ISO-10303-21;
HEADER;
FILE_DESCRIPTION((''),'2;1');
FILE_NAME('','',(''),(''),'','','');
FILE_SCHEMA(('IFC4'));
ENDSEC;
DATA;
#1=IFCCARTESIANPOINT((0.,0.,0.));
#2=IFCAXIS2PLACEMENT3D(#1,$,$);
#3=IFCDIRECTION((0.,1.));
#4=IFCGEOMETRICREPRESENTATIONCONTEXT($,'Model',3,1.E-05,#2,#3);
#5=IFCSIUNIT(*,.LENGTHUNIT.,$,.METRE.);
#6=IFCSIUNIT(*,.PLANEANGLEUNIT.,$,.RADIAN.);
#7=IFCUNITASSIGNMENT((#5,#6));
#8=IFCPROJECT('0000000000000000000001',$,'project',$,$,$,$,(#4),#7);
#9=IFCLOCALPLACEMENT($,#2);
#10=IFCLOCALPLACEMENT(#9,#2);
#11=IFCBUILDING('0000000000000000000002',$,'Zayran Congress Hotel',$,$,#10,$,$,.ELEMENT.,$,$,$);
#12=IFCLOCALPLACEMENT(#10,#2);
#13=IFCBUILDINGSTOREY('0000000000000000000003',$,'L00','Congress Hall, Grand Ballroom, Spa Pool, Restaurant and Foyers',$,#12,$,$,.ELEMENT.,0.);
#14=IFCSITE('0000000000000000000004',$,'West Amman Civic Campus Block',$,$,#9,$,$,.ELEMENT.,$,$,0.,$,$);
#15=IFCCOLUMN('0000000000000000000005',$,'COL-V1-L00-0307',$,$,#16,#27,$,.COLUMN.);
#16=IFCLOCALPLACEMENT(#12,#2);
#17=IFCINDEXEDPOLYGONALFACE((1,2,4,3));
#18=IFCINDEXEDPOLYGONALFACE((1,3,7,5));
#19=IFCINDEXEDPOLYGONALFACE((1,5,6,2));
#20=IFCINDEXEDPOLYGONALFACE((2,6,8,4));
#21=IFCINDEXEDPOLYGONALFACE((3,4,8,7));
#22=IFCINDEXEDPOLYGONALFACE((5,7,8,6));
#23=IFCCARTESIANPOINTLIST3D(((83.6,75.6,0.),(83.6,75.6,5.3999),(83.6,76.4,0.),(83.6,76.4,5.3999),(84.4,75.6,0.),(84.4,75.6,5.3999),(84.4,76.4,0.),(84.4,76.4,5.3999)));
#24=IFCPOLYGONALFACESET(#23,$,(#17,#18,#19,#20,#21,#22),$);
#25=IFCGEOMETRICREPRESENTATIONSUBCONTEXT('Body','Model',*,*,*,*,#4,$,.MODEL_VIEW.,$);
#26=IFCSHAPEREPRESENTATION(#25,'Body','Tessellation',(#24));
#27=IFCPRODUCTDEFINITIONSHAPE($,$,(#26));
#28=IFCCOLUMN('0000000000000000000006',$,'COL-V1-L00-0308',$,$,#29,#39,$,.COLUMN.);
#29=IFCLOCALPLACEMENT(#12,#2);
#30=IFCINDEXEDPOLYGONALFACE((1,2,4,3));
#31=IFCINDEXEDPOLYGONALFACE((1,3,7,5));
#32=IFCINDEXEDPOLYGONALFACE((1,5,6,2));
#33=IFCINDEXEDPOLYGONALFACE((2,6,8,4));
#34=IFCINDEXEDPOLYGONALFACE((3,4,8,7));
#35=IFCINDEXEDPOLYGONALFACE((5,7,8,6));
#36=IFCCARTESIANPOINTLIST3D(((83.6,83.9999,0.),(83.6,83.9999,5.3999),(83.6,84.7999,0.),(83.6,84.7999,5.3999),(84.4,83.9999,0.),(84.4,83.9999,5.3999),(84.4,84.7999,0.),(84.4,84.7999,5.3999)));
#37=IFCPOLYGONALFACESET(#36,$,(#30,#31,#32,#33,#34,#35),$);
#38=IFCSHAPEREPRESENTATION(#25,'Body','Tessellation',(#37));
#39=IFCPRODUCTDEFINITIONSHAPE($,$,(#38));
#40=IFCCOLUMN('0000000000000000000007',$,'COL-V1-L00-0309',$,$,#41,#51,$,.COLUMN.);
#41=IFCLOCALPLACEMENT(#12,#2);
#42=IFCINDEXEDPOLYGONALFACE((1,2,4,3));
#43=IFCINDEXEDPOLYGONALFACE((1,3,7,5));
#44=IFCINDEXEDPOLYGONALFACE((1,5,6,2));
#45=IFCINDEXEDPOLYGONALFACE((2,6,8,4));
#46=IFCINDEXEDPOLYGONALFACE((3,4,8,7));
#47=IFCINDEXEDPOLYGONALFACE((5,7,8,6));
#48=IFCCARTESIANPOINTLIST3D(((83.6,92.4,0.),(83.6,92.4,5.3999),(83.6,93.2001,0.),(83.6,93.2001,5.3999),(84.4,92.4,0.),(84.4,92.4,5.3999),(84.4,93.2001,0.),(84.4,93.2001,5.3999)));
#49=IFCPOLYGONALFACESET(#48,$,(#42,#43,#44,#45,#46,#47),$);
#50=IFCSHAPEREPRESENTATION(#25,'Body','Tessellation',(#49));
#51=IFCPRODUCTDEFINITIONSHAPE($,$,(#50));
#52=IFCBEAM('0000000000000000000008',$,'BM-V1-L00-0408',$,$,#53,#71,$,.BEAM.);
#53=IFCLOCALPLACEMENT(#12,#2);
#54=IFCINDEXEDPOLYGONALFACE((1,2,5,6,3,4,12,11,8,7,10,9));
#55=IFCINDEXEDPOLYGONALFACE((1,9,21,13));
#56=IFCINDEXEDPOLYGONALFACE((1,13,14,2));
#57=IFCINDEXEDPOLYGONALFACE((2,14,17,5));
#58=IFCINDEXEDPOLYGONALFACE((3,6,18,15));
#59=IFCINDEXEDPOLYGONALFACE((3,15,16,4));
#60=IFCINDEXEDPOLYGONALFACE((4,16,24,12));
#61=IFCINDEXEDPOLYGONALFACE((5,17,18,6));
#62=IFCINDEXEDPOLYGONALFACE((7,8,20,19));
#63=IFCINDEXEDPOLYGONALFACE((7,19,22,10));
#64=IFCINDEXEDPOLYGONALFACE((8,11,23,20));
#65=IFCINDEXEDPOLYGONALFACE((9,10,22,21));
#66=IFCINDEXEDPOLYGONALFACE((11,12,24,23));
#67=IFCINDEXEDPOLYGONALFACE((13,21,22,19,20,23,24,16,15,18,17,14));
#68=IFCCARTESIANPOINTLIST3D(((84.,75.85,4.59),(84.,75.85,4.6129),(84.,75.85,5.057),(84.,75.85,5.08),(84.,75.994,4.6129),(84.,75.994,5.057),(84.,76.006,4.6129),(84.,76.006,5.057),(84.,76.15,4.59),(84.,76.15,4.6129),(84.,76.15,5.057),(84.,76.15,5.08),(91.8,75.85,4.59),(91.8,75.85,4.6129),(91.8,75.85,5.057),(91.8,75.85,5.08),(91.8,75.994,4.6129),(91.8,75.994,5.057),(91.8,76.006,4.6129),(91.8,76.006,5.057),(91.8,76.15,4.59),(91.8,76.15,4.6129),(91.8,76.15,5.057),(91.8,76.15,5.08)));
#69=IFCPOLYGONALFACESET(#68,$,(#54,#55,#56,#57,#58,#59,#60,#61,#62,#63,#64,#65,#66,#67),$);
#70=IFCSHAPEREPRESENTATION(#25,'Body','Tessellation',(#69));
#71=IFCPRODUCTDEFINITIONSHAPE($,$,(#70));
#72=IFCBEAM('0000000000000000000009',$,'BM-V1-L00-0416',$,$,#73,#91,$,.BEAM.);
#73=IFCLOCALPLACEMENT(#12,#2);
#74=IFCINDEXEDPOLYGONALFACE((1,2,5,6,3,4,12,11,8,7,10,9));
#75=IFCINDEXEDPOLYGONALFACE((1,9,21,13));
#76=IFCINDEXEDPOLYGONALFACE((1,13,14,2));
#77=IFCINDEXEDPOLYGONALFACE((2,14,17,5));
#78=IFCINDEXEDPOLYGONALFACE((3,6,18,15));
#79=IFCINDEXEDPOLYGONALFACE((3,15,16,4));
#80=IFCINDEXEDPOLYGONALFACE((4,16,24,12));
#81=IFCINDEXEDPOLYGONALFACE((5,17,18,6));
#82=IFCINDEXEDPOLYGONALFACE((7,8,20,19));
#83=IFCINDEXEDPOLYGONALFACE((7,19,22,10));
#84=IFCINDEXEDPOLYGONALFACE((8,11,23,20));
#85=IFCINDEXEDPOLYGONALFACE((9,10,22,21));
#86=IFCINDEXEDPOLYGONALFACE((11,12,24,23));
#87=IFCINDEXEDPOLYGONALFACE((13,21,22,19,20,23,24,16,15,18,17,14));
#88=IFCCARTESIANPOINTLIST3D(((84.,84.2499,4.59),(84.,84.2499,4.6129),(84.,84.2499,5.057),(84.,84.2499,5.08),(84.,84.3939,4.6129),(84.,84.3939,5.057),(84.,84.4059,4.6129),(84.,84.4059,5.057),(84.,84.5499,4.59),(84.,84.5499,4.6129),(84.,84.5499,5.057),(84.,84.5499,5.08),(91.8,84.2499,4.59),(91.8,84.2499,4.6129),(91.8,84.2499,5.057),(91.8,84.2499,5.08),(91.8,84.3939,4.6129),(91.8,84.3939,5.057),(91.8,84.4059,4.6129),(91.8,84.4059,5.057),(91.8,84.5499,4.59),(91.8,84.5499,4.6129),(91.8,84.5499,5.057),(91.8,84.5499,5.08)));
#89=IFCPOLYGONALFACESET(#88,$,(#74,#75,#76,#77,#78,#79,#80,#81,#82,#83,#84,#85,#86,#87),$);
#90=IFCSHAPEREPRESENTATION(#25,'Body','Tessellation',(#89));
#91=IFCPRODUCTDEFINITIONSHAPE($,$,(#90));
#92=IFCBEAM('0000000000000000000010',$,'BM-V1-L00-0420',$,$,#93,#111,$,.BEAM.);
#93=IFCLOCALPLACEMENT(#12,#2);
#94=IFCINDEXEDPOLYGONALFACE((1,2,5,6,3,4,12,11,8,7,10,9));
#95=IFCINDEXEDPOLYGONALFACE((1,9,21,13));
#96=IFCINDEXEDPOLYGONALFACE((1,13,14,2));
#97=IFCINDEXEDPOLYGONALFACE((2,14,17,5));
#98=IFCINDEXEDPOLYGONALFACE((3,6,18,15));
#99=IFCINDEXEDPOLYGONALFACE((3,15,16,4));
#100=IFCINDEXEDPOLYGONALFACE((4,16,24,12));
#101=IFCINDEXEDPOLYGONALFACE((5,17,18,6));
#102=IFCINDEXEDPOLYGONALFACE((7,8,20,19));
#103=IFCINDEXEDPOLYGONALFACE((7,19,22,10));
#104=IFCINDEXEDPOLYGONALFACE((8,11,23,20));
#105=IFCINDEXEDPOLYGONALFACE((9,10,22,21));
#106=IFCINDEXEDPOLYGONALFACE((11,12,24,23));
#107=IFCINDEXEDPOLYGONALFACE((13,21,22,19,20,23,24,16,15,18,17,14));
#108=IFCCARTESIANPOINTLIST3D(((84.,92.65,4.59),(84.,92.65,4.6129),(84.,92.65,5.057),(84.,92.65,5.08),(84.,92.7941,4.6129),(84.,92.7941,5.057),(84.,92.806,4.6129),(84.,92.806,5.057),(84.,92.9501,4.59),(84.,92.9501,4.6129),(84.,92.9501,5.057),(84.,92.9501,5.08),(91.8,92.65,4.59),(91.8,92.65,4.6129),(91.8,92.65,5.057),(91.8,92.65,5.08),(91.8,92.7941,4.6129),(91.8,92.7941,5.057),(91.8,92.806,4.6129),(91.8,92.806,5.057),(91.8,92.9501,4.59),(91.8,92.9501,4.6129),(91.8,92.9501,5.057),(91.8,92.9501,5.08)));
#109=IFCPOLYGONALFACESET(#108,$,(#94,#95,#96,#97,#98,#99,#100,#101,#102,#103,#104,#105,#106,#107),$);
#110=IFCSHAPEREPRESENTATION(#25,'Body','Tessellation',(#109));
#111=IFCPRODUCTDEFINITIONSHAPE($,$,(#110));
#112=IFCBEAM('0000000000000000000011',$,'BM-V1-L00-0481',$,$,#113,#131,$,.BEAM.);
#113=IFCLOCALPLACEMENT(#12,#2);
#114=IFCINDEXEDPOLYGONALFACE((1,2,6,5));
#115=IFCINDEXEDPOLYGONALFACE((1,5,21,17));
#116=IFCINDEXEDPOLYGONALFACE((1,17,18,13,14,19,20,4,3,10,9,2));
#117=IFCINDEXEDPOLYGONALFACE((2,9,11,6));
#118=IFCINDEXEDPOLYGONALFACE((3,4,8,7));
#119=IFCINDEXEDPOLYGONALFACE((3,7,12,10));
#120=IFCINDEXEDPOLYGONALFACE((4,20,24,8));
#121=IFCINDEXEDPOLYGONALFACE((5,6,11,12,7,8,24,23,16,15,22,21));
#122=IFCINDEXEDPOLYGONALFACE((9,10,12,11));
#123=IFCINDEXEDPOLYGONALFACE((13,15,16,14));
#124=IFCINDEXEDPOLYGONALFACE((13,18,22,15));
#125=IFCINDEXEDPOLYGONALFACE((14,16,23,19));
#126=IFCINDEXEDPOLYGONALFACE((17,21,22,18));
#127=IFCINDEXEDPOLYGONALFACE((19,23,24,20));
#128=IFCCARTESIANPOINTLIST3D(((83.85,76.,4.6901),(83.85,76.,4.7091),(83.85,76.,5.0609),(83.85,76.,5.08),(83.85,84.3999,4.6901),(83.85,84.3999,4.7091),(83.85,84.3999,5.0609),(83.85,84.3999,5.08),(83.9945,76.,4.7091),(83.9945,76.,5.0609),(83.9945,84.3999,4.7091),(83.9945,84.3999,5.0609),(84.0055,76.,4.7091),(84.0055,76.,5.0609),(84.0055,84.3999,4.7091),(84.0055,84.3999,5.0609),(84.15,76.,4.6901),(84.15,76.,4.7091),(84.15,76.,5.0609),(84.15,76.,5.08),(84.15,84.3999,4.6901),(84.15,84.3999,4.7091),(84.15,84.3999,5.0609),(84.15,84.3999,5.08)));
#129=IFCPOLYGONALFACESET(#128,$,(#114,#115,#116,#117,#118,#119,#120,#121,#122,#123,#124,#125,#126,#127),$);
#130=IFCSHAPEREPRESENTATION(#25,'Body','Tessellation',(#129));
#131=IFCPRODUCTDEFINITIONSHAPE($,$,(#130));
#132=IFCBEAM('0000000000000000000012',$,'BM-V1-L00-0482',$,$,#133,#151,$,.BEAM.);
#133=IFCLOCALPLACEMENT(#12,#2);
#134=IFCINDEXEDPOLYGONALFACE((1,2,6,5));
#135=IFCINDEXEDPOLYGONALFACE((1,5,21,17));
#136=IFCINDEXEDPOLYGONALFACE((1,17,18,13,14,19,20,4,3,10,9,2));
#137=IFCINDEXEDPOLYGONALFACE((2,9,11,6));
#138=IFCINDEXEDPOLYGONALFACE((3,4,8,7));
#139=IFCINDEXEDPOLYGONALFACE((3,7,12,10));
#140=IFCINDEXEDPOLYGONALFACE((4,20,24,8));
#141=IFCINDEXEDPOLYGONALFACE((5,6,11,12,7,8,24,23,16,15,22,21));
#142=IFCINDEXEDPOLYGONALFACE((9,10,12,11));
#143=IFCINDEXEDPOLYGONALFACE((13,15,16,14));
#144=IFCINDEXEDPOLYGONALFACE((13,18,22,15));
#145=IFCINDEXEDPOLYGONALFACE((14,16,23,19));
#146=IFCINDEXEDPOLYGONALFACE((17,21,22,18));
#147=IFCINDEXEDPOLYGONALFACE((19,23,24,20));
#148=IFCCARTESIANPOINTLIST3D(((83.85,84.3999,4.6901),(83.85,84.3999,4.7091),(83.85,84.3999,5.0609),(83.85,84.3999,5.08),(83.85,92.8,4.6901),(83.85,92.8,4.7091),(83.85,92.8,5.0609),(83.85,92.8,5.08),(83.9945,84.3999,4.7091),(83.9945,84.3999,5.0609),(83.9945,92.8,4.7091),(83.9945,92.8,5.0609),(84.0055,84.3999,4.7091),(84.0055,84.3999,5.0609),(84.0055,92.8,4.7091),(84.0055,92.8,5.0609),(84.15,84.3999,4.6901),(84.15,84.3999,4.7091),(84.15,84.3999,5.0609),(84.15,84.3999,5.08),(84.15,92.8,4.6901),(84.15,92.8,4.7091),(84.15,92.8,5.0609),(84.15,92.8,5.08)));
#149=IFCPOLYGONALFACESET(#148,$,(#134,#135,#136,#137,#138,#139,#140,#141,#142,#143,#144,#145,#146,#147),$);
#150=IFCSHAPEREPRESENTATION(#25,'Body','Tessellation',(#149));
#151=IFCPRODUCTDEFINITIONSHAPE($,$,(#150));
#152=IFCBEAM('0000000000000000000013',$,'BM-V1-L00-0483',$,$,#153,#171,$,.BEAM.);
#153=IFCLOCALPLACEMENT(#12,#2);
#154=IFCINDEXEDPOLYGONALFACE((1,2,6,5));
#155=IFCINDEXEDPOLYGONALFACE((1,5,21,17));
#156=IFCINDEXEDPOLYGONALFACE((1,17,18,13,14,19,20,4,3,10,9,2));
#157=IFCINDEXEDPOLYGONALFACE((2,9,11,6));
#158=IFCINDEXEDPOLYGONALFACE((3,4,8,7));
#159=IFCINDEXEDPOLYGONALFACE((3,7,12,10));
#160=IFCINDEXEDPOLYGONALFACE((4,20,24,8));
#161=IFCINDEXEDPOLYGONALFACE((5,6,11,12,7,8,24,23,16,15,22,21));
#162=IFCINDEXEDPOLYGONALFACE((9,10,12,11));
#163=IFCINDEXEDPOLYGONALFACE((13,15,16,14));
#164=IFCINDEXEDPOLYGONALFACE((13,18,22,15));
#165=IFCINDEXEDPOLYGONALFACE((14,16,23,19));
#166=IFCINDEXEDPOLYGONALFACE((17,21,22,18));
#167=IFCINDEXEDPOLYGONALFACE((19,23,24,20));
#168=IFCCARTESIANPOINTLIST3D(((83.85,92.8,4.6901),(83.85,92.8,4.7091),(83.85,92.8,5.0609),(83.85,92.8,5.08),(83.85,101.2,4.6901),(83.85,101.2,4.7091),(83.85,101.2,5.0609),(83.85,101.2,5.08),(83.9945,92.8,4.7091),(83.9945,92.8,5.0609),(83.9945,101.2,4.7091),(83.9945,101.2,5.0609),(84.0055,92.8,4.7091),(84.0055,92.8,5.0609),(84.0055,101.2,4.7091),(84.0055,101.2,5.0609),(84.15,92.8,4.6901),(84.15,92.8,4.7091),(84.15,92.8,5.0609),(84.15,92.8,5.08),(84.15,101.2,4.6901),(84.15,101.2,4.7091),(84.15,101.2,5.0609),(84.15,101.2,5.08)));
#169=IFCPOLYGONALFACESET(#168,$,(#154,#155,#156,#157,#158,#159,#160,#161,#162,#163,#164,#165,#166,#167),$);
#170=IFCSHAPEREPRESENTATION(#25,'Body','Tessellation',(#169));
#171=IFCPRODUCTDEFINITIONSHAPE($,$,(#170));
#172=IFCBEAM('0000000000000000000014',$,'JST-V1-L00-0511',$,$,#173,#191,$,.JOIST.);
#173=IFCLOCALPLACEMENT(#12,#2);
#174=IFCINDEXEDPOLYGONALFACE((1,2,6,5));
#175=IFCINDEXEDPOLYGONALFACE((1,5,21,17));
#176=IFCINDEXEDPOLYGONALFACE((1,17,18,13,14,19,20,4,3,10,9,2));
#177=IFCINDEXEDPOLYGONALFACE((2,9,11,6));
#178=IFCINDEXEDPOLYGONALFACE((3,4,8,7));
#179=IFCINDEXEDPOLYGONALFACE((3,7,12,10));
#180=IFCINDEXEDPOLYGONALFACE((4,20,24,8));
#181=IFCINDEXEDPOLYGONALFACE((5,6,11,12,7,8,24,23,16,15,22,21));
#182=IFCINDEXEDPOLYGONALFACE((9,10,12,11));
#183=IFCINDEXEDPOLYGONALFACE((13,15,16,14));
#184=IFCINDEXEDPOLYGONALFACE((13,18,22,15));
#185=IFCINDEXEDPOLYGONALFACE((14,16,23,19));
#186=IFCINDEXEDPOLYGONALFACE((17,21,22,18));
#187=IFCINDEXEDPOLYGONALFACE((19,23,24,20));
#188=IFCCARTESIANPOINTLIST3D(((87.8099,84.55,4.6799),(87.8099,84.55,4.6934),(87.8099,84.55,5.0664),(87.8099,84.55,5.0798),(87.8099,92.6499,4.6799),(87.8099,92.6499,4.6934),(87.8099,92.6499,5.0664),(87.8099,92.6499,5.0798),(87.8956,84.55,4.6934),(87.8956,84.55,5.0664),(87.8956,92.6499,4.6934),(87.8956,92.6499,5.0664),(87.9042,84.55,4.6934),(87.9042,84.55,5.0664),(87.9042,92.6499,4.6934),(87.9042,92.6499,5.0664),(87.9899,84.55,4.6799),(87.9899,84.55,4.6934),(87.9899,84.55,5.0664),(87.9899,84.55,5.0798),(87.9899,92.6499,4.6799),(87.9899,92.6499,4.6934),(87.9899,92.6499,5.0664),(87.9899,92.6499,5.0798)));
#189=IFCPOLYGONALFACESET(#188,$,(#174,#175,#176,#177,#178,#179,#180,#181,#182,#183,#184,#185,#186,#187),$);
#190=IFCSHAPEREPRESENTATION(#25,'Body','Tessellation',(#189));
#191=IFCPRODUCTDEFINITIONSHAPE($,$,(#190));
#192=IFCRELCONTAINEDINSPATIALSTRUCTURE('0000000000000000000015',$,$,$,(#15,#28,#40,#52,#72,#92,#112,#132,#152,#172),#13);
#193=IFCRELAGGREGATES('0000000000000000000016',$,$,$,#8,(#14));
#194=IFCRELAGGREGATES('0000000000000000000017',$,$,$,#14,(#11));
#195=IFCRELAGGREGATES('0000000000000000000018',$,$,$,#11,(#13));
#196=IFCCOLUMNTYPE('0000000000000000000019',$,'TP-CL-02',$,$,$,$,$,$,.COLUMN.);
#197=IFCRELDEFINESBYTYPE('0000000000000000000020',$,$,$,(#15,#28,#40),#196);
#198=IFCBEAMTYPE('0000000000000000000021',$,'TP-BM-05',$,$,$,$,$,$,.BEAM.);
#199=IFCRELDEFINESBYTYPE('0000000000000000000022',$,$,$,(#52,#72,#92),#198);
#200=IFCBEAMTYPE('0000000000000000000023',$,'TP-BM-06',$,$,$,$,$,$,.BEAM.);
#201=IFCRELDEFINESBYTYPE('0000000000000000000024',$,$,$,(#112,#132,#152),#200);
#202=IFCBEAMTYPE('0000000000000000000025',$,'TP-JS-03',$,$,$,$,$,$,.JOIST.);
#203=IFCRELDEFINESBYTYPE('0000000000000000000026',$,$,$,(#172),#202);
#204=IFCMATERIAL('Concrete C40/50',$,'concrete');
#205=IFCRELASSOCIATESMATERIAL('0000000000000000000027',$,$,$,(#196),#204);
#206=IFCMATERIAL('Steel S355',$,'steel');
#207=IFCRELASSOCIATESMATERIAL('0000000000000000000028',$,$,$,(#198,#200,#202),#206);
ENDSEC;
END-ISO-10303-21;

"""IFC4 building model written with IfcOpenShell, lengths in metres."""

from ifc_helpers import new_model, si_unit, direction, frame, origin, origin_2d, place, context, subcontext, project, spatial, rectangle, i_section, extrude, material, material_profile, profile_set, type_object, element, save


model = new_model("IFC4")

# Units and contexts
model_context = context("Model", 3, precision=1e-05, world=origin(), true_north=direction((0.0, 1.0)))
body_context = subcontext(model_context, "Body", "Model", "MODEL_VIEW")
ifc_project = project(units=[si_unit("LENGTHUNIT", "METRE"), si_unit("PLANEANGLEUNIT", "RADIAN")], contexts=[model_context])

# Site, building, storey
site_placement = place(None, origin())
site = spatial("IfcSite", under=ifc_project, at=site_placement, Name="West Amman Civic Campus Block", CompositionType="ELEMENT", RefElevation=0.0)
building_placement = place(site_placement, origin())
building = spatial("IfcBuilding", under=site, at=building_placement, Name="Zayran Congress Hotel", CompositionType="ELEMENT")
storey_placement = place(building_placement, origin())
storey = spatial("IfcBuildingStorey", under=building, at=storey_placement, Name="L00", Description="Congress Hall, Grand Ballroom, Spa Pool, Restaurant and Foyers", CompositionType="ELEMENT", Elevation=0.0)

# Columns
ifc_material_1 = material(Name="Concrete C40/50", Category="concrete")
ifc_material_profile_1 = material_profile(ifc_material_1, rectangle(XDim=0.8, YDim=0.8, at=origin_2d()), Name="RC 800x800")
ifc_profile_set_1 = profile_set([ifc_material_profile_1], Name="Concrete C40/50")
column_type = type_object("IfcColumnType", Name="TP-CL-02", PredefinedType="COLUMN", material=ifc_profile_set_1)
for number, where, z_axis, x_axis, name in (
    (1, (84.0, 76.0, 0.0), (0.0, 0.0, 1.0), (1.0, 0.0, 0.0), "COL-V1-L00-0307"),
    (2, (84.0, 84.3999, 0.0), (0.0, 0.0, 1.0), (1.0, 0.0, 0.0), "COL-V1-L00-0308"),
    (3, (84.0, 92.8, 0.0), (0.0, 0.0, 1.0), (1.0, 0.0, 0.0), "COL-V1-L00-0309"),
):
    element("IfcColumn", number, at=place(storey_placement, frame(where, z_axis=z_axis, x_axis=x_axis)), inside=storey, type_object=column_type, Name=name, PredefinedType="COLUMN", context=body_context, shape_type="SweptSolid", body=[
        extrude(rectangle(XDim=0.8, YDim=0.8, at=origin_2d()), origin(), (0.0, 0.0, 1.0), 5.3999),
    ])

# Beams
ifc_material_2 = material(Name="Steel S355", Category="steel")
ifc_material_profile_2 = material_profile(ifc_material_2, i_section(OverallWidth=0.3, OverallDepth=0.49, WebThickness=0.012, FlangeThickness=0.0229, at=origin_2d()), Name="HEA 500")
ifc_profile_set_2 = profile_set([ifc_material_profile_2], Name="Steel S355")
beam_type_1 = type_object("IfcBeamType", Name="TP-BM-05", PredefinedType="BEAM", material=ifc_profile_set_2)
for number, where, z_axis, x_axis, name in (
    (4, (84.0, 76.0, 4.835), (1.0, 0.0, 0.0), (0.0, 1.0, 0.0), "BM-V1-L00-0408"),
    (5, (84.0, 84.3999, 4.835), (1.0, 0.0, 0.0), (0.0, 1.0, 0.0), "BM-V1-L00-0416"),
    (6, (84.0, 92.8, 4.835), (1.0, 0.0, 0.0), (0.0, 1.0, 0.0), "BM-V1-L00-0420"),
):
    element("IfcBeam", number, at=place(storey_placement, frame(where, z_axis=z_axis, x_axis=x_axis)), inside=storey, type_object=beam_type_1, Name=name, PredefinedType="BEAM", context=body_context, shape_type="SweptSolid", body=[
        extrude(i_section(OverallWidth=0.3, OverallDepth=0.49, WebThickness=0.012, FlangeThickness=0.0229, at=origin_2d()), origin(), (0.0, 0.0, 1.0), 7.8),
    ])
ifc_material_profile_3 = material_profile(ifc_material_2, i_section(OverallWidth=0.3, OverallDepth=0.3899, WebThickness=0.011, FlangeThickness=0.019, at=origin_2d()), Name="HEA 400")
ifc_profile_set_3 = profile_set([ifc_material_profile_3], Name="Steel S355")
beam_type_2 = type_object("IfcBeamType", Name="TP-BM-06", PredefinedType="BEAM", material=ifc_profile_set_3)
beam_1_placement = place(storey_placement, frame((84.0, 76.0, 4.885), z_axis=(0.0, 1.0, 0.0), x_axis=(-1.0, 0.0, 0.0)))
element("IfcBeam", 7, at=beam_1_placement, inside=storey, type_object=beam_type_2, Name="BM-V1-L00-0481", PredefinedType="BEAM", context=body_context, shape_type="SweptSolid", body=[
    extrude(i_section(OverallWidth=0.3, OverallDepth=0.3899, WebThickness=0.011, FlangeThickness=0.019, at=origin_2d()), origin(), (0.0, 0.0, 1.0), 8.3999),
])
beam_2_placement = place(storey_placement, frame((84.0, 84.3999, 4.885), z_axis=(0.0, 1.0, 0.0), x_axis=(-1.0, 0.0, 0.0)))
element("IfcBeam", 8, at=beam_2_placement, inside=storey, type_object=beam_type_2, Name="BM-V1-L00-0482", PredefinedType="BEAM", context=body_context, shape_type="SweptSolid", body=[
    extrude(i_section(OverallWidth=0.3, OverallDepth=0.3899, WebThickness=0.011, FlangeThickness=0.019, at=origin_2d()), origin(), (0.0, 0.0, 1.0), 8.4001),
])
beam_3_placement = place(storey_placement, frame((84.0, 92.8, 4.885), z_axis=(0.0, 1.0, 0.0), x_axis=(-1.0, 0.0, 0.0)))
element("IfcBeam", 9, at=beam_3_placement, inside=storey, type_object=beam_type_2, Name="BM-V1-L00-0483", PredefinedType="BEAM", context=body_context, shape_type="SweptSolid", body=[
    extrude(i_section(OverallWidth=0.3, OverallDepth=0.3899, WebThickness=0.011, FlangeThickness=0.019, at=origin_2d()), origin(), (0.0, 0.0, 1.0), 8.3999),
])
ifc_material_profile_4 = material_profile(ifc_material_2, i_section(OverallWidth=0.1799, OverallDepth=0.3999, WebThickness=0.0085, FlangeThickness=0.0134, at=origin_2d()), Name="IPE 400")
ifc_profile_set_4 = profile_set([ifc_material_profile_4], Name="Steel S355")
beam_type_3 = type_object("IfcBeamType", Name="TP-JS-03", PredefinedType="JOIST", material=ifc_profile_set_4)
beam_4_placement = place(storey_placement, frame((87.8999, 84.55, 4.8799), z_axis=(0.0, 1.0, 0.0), x_axis=(-1.0, 0.0, 0.0)))
element("IfcBeam", 10, at=beam_4_placement, inside=storey, type_object=beam_type_3, Name="JST-V1-L00-0511", PredefinedType="JOIST", context=body_context, shape_type="SweptSolid", body=[
    extrude(i_section(OverallWidth=0.1799, OverallDepth=0.3999, WebThickness=0.0085, FlangeThickness=0.0134, at=origin_2d()), origin(), (0.0, 0.0, 1.0), 8.0999),
])

save(model, "model.ifc")
